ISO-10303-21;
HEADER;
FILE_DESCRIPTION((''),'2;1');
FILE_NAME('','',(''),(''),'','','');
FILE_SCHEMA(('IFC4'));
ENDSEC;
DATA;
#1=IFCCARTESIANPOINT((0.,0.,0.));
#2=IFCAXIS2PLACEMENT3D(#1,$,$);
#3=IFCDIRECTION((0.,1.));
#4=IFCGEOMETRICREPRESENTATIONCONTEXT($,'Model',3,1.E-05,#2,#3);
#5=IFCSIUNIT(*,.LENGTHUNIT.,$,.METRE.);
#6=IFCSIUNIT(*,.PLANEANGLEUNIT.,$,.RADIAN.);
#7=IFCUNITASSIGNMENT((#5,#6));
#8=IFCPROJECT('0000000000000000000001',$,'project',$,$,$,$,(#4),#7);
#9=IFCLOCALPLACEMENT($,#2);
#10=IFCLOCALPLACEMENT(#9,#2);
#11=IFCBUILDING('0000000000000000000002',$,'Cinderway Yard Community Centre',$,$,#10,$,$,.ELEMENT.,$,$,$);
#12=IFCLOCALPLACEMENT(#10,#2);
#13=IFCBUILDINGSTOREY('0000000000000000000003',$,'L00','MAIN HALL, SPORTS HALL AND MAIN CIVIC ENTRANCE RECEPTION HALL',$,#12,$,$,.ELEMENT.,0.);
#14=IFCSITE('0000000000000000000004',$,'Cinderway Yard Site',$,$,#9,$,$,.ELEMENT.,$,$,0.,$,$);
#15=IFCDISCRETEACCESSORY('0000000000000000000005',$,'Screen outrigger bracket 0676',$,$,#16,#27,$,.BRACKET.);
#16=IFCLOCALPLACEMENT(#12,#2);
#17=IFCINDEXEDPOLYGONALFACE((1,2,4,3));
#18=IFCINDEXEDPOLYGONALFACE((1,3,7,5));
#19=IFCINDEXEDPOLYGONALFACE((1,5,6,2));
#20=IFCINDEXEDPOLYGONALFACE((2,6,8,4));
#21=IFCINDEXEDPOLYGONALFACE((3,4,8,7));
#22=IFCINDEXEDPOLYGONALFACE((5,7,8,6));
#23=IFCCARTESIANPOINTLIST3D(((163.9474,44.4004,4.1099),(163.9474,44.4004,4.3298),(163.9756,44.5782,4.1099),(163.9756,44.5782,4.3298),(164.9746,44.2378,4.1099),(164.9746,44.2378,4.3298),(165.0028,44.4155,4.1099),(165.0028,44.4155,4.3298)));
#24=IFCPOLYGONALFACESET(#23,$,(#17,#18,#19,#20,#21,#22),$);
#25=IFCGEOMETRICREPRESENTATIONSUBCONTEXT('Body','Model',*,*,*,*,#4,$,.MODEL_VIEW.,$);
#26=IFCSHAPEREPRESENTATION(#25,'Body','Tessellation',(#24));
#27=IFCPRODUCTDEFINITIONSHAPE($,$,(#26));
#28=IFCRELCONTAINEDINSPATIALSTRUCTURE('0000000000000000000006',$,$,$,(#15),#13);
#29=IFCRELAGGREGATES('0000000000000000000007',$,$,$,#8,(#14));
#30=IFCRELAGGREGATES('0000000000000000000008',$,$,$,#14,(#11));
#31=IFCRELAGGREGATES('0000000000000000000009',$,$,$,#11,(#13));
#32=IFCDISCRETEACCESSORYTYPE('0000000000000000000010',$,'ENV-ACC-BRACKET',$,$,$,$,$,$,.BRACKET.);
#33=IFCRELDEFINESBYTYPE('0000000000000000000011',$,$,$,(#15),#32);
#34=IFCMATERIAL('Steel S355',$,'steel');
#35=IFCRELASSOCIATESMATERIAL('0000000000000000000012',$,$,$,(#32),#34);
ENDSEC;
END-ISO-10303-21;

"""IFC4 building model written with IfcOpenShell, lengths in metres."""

from ifc_helpers import new_model, si_unit, direction, frame, origin, origin_2d, place, context, subcontext, project, spatial, rectangle, extrude, material, type_object, element, save


model = new_model("IFC4")

# Units and contexts
model_context = context("Model", 3, precision=1e-05, world=origin(), true_north=direction((0.0, 1.0)))
body_context = subcontext(model_context, "Body", "Model", "MODEL_VIEW")
ifc_project = project(units=[si_unit("LENGTHUNIT", "METRE"), si_unit("PLANEANGLEUNIT", "RADIAN")], contexts=[model_context])

# Site, building, storey
site_placement = place(None, origin())
site = spatial("IfcSite", under=ifc_project, at=site_placement, Name="Cinderway Yard Site", CompositionType="ELEMENT", RefElevation=0.0)
building_placement = place(site_placement, origin())
building = spatial("IfcBuilding", under=site, at=building_placement, Name="Cinderway Yard Community Centre", CompositionType="ELEMENT")
storey_placement = place(building_placement, origin())
storey = spatial("IfcBuildingStorey", under=building, at=storey_placement, Name="L00", Description="MAIN HALL, SPORTS HALL AND MAIN CIVIC ENTRANCE RECEPTION HALL", CompositionType="ELEMENT", Elevation=0.0)

# Shared definitions
ifc_material_1 = material(Name="Steel S355", Category="steel")

# Discrete accessory
discrete_accessory_type = type_object("IfcDiscreteAccessoryType", Name="ENV-ACC-BRACKET", PredefinedType="BRACKET", material=ifc_material_1)
discrete_accessory_placement = place(storey_placement, frame((164.4751, 44.408, 4.1099), z_axis=(0.0, 0.0, 1.0), x_axis=(0.987688, -0.156434, 0.0)))
element("IfcDiscreteAccessory", 1, at=discrete_accessory_placement, inside=storey, type_object=discrete_accessory_type, Name="Screen outrigger bracket 0676", PredefinedType="BRACKET", context=body_context, shape_type="SweptSolid", body=[
    extrude(rectangle(XDim=1.04, YDim=0.1799, at=origin_2d()), origin(), (0.0, 0.0, 1.0), 0.22),
])

save(model, "model.ifc")
